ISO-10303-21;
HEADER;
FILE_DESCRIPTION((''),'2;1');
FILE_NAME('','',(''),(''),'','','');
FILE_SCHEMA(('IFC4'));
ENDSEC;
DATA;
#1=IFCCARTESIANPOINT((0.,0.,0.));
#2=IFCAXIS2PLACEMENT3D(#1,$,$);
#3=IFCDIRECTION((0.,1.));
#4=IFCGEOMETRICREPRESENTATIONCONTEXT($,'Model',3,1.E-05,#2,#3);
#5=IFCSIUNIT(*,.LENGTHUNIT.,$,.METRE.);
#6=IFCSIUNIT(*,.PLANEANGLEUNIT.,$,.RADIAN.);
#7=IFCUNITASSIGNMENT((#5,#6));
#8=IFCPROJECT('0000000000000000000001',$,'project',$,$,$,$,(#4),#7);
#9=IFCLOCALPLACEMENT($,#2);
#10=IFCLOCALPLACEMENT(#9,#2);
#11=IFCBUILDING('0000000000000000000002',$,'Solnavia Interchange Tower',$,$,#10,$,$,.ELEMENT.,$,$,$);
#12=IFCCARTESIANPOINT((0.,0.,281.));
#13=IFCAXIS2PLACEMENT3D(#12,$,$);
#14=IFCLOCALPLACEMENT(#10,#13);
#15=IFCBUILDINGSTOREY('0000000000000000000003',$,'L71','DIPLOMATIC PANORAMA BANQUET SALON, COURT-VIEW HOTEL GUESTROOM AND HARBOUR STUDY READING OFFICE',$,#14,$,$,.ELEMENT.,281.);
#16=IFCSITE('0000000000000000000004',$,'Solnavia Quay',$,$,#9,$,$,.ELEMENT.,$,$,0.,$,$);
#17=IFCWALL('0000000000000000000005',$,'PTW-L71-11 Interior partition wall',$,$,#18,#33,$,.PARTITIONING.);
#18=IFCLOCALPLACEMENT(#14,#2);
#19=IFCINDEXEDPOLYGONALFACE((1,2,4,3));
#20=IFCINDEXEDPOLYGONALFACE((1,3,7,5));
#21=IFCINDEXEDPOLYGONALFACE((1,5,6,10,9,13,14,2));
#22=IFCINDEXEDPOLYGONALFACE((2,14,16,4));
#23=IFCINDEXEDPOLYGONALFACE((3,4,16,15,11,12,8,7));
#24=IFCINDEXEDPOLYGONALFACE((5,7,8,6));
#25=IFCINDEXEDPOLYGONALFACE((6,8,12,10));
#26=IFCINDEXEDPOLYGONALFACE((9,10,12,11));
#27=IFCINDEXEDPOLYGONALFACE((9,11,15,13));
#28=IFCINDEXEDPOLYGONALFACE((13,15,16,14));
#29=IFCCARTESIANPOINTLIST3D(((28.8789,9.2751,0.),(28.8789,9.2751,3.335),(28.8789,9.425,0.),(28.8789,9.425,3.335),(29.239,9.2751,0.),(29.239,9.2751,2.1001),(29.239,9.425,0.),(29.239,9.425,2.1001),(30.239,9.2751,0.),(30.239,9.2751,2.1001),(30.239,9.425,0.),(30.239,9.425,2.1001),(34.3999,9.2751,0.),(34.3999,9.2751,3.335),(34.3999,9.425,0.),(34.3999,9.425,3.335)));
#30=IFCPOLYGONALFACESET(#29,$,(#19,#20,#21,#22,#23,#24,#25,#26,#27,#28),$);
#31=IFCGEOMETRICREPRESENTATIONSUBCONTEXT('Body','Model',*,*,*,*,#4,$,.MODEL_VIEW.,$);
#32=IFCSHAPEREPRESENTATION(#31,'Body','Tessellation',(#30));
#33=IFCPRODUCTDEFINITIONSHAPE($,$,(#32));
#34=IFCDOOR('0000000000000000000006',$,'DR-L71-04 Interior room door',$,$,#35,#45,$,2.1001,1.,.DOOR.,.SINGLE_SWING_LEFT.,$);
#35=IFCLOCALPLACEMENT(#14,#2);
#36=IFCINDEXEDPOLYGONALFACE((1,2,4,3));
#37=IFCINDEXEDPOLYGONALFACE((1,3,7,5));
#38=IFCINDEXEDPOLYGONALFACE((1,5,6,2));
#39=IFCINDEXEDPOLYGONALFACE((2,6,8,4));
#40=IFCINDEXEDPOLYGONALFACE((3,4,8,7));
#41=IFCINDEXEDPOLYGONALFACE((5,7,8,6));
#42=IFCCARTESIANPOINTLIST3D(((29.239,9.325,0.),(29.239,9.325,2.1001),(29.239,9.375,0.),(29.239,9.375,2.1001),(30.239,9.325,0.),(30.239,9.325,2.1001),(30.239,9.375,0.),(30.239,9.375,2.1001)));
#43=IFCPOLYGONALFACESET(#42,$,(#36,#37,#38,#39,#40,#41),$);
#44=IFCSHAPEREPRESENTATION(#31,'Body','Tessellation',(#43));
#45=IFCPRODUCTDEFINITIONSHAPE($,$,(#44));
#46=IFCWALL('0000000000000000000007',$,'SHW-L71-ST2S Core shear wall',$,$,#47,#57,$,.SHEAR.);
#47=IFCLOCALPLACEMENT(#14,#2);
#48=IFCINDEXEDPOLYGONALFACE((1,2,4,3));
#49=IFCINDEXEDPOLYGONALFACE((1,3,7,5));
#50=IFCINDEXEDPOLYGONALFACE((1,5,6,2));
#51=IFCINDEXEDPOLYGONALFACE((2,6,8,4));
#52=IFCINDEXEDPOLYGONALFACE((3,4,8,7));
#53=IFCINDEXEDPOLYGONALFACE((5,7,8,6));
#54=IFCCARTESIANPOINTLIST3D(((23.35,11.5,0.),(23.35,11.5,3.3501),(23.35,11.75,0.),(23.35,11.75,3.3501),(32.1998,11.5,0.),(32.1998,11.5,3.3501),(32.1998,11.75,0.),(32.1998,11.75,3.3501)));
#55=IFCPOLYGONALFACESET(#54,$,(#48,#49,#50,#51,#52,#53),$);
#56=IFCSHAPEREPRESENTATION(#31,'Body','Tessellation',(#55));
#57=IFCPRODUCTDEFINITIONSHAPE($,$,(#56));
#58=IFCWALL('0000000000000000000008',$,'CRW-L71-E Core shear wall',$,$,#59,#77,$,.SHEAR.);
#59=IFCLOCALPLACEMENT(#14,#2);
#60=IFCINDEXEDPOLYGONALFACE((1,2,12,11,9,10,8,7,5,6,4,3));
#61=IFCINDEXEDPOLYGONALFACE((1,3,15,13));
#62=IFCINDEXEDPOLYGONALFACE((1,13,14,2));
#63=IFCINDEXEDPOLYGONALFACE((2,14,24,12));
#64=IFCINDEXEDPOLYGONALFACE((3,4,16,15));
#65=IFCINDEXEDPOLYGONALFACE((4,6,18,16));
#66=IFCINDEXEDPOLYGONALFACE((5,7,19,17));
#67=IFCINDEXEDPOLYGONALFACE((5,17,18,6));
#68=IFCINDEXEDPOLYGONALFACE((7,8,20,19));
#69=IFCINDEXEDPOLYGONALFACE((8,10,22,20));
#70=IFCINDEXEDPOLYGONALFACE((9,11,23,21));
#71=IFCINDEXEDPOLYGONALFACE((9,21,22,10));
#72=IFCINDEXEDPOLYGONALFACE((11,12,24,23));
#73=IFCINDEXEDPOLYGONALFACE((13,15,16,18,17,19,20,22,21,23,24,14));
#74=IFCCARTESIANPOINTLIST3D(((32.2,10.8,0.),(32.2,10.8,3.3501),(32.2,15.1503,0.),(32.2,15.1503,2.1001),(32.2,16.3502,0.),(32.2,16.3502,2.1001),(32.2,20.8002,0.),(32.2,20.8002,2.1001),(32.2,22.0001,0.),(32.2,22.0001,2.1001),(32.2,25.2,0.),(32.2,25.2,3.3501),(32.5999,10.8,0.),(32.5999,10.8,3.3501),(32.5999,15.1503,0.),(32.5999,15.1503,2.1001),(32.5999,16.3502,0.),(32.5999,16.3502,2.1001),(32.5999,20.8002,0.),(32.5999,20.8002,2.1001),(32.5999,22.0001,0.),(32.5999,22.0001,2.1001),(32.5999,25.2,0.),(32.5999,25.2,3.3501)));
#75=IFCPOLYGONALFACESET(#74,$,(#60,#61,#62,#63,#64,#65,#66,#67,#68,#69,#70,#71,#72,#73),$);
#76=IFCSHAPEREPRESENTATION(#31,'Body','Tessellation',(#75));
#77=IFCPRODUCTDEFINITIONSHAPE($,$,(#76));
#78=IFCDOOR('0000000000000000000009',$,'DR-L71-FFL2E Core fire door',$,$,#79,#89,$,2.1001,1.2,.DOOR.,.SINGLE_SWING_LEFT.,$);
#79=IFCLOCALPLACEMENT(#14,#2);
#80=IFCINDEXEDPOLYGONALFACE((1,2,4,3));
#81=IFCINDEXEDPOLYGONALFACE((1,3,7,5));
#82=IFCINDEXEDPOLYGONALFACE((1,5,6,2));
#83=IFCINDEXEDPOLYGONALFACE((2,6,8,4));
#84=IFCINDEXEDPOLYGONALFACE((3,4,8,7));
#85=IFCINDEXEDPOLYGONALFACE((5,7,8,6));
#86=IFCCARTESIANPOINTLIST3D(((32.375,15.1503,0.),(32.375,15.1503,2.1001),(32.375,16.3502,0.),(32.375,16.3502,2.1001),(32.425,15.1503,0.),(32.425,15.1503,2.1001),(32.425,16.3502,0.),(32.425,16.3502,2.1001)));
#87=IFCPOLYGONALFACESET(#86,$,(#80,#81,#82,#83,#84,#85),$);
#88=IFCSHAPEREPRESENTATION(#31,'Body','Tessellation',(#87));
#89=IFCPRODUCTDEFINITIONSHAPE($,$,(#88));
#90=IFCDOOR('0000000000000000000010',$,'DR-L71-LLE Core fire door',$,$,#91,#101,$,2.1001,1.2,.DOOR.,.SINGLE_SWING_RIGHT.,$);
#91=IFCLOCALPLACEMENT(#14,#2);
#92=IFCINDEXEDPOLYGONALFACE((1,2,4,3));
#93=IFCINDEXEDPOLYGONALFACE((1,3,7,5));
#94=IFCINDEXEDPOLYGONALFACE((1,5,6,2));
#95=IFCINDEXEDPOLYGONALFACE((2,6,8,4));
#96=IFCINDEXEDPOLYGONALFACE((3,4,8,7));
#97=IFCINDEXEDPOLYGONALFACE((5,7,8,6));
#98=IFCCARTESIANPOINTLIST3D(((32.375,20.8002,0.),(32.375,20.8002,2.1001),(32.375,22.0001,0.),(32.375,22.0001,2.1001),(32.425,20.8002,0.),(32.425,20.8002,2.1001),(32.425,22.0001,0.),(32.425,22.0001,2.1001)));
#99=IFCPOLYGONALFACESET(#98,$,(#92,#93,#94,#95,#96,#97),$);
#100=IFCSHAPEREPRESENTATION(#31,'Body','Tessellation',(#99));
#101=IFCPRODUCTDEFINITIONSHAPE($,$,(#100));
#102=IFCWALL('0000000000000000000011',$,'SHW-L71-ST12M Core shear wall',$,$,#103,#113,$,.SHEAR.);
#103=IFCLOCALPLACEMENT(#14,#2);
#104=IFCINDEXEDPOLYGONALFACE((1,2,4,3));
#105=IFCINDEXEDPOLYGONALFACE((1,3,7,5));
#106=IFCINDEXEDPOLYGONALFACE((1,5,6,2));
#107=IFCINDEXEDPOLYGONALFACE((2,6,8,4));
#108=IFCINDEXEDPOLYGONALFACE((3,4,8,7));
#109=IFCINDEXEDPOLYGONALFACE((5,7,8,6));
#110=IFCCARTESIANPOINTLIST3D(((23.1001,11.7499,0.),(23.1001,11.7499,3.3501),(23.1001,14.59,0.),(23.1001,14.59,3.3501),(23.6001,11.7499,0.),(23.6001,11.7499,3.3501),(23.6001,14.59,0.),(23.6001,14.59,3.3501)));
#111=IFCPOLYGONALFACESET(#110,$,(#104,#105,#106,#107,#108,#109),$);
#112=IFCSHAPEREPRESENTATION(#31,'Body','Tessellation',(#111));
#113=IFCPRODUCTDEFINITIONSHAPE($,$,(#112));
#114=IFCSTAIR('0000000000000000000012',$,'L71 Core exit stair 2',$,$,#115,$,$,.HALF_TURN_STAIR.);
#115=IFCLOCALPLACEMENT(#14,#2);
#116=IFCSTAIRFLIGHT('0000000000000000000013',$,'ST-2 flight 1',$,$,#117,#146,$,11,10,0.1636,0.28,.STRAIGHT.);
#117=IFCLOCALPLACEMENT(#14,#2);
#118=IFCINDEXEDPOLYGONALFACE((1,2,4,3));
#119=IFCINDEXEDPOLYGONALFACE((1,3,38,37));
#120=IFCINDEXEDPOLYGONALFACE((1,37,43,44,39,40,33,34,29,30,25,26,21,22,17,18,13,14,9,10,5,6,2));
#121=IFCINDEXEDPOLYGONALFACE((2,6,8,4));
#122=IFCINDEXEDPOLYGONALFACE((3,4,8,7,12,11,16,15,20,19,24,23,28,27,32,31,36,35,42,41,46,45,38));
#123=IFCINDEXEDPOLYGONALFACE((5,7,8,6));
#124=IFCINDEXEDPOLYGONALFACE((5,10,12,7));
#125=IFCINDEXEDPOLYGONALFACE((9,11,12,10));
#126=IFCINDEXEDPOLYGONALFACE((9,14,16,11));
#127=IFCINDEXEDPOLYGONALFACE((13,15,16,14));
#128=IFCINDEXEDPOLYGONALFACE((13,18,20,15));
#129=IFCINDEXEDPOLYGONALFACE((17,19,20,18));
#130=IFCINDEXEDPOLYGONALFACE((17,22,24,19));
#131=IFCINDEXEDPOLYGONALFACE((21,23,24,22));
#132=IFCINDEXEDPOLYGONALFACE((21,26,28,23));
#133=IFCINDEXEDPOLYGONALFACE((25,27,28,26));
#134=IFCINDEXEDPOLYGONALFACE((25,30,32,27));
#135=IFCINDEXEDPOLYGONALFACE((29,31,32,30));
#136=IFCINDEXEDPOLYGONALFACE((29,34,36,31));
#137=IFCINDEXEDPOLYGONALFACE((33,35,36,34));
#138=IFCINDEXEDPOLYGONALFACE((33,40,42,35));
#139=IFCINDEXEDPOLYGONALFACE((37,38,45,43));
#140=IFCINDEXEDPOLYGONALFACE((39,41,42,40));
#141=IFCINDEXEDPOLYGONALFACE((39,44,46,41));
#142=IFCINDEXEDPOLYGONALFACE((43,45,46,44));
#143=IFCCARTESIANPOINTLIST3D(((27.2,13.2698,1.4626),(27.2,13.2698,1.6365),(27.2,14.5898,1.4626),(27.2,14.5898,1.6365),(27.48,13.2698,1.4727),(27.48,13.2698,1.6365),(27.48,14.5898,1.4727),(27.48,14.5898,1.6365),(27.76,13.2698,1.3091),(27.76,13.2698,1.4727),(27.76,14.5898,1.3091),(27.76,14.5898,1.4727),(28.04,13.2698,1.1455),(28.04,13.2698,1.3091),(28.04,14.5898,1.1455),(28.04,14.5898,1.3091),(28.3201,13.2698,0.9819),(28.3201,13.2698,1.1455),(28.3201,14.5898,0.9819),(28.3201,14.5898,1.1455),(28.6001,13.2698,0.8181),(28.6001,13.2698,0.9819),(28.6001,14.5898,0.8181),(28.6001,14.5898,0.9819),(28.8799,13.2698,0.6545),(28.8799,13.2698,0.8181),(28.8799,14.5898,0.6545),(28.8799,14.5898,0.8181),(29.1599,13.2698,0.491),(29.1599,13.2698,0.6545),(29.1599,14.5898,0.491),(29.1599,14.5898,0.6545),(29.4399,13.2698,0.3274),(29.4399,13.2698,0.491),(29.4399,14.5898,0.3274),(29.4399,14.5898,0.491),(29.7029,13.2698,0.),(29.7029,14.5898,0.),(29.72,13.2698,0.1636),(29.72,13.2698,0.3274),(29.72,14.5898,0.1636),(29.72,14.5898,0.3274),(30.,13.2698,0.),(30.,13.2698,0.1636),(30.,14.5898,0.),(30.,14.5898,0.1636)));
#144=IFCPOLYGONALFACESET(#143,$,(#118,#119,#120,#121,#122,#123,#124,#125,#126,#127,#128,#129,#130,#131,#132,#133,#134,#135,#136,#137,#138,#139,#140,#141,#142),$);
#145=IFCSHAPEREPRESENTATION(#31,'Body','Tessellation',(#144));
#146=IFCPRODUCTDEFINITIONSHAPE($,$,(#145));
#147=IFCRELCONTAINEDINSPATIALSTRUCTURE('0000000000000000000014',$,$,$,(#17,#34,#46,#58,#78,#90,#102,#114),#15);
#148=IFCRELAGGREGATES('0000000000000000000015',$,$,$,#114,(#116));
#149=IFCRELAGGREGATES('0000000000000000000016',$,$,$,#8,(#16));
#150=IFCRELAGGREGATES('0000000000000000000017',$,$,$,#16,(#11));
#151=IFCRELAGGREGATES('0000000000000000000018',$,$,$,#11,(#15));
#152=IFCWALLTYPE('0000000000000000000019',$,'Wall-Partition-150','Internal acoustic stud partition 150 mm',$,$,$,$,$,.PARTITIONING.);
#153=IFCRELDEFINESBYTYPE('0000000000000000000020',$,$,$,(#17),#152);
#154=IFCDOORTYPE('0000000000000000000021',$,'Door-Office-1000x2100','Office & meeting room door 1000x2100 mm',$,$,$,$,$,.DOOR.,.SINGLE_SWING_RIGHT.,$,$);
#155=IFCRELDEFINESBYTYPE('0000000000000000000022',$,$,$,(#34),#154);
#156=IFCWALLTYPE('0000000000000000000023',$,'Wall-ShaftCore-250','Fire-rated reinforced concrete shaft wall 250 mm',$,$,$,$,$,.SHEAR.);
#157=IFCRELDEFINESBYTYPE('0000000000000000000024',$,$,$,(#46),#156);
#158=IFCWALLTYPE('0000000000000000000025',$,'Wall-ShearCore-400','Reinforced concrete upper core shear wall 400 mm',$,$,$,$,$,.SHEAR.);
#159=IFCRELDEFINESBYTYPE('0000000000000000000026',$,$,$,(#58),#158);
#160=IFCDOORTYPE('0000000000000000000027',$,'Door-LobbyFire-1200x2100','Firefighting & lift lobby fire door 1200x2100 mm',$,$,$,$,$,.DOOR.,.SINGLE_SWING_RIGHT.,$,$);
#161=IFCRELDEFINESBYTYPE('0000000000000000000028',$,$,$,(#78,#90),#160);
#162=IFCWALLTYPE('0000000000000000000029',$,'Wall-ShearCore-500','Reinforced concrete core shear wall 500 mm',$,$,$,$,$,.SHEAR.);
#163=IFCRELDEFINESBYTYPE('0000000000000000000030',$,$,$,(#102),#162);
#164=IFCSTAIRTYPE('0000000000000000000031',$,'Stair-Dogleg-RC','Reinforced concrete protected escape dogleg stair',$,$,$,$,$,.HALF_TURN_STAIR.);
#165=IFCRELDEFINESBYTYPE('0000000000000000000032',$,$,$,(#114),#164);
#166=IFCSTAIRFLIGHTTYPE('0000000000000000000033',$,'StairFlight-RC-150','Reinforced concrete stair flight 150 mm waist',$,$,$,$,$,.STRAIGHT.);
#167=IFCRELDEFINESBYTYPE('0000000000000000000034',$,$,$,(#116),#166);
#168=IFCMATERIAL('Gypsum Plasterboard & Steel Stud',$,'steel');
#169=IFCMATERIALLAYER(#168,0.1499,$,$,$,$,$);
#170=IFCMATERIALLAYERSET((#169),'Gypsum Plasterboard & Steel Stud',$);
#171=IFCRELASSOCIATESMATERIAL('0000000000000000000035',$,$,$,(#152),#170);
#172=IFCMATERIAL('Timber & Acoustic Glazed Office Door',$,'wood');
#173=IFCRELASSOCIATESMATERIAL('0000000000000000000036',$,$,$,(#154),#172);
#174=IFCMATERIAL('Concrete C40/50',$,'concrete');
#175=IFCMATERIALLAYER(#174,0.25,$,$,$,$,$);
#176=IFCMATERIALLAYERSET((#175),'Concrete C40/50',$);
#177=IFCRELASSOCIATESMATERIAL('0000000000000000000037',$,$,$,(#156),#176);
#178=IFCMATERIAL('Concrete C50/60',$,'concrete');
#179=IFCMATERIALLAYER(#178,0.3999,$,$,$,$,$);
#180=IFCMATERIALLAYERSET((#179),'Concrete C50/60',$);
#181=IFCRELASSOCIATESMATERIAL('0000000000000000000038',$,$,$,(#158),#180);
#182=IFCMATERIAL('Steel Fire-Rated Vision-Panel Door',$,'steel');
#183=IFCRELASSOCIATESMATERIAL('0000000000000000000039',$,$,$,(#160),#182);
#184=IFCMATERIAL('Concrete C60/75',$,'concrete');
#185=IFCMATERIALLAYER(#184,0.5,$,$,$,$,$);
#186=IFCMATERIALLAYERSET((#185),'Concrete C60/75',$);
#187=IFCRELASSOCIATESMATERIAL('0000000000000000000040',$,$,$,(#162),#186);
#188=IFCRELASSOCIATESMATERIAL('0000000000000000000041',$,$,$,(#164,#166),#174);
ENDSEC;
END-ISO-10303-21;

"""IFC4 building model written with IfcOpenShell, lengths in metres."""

from ifc_helpers import new_model, si_unit, direction, frame, frame_2d, origin, place, context, subcontext, project, spatial, polyline, rectangle, outline, extrude, material, layer, layer_set, type_object, element, fill, aggregate, save


model = new_model("IFC4")

# Units and contexts
model_context = context("Model", 3, precision=1e-05, world=origin(), true_north=direction((0.0, 1.0)))
body_context = subcontext(model_context, "Body", "Model", "MODEL_VIEW")
ifc_project = project(units=[si_unit("LENGTHUNIT", "METRE"), si_unit("PLANEANGLEUNIT", "RADIAN")], contexts=[model_context])

# Site, building, storey
site_placement = place(None, origin())
site = spatial("IfcSite", under=ifc_project, at=site_placement, Name="Solnavia Quay", CompositionType="ELEMENT", RefElevation=0.0)
building_placement = place(site_placement, origin())
building = spatial("IfcBuilding", under=site, at=building_placement, Name="Solnavia Interchange Tower", CompositionType="ELEMENT")
storey_placement = place(building_placement, frame((0.0, 0.0, 281.0)))
storey = spatial("IfcBuildingStorey", under=building, at=storey_placement, Name="L71", Description="DIPLOMATIC PANORAMA BANQUET SALON, COURT-VIEW HOTEL GUESTROOM AND HARBOUR STUDY READING OFFICE", CompositionType="ELEMENT", Elevation=281.0)

# Shared definitions
ifc_material_1 = material(Name="Concrete C50/60", Category="concrete")

# Shared definitions
ifc_material_2 = material(Name="Concrete C40/50", Category="concrete")

# Shared definitions
ifc_material_3 = material(Name="Gypsum Plasterboard & Steel Stud", Category="steel")
ifc_layer_1 = layer(ifc_material_3, 0.1499)
ifc_layer_set_1 = layer_set([ifc_layer_1], Name="Gypsum Plasterboard & Steel Stud")
wall_type_1 = type_object("IfcWallType", Name="Wall-Partition-150", Description="Internal acoustic stud partition 150 mm", PredefinedType="PARTITIONING", material=ifc_layer_set_1)

# Wall, opening, door
wall_1_placement = place(storey_placement, frame((28.8789, 9.3501, 0.0), z_axis=(0.0, 0.0, 1.0), x_axis=(1.0, 0.0, 0.0)))
wall_1 = element("IfcWall", 1, at=wall_1_placement, inside=storey, type_object=wall_type_1, Name="PTW-L71-11 Interior partition wall", PredefinedType="PARTITIONING", context=body_context, shape_type="SweptSolid", body=[
    extrude(rectangle(XDim=5.521, YDim=0.1499, at=frame_2d((2.7605, 0.0))), origin(), (0.0, 0.0, 1.0), 3.335),
])
opening_1_placement = place(wall_1_placement, frame((0.3601, 0.0, 0.0)))
opening_1 = element("IfcOpeningElement", 2, at=opening_1_placement, cuts=wall_1, PredefinedType="OPENING", context=body_context, shape_type="SweptSolid", body=[
    extrude(rectangle(XDim=1.0, YDim=2.1001, at=frame_2d((0.5, 1.05))), frame((0.0, 0.085, 0.0), z_axis=(0.0, -1.0, 0.0), x_axis=(1.0, 0.0, 0.0)), (0.0, 0.0, 1.0), 0.1699),
])
ifc_material_4 = material(Name="Timber & Acoustic Glazed Office Door", Category="wood")
door_type_1 = type_object("IfcDoorType", Name="Door-Office-1000x2100", Description="Office & meeting room door 1000x2100 mm", OperationType="SINGLE_SWING_RIGHT", PredefinedType="DOOR", material=ifc_material_4)
door_1_placement = place(opening_1_placement, origin())
door_1 = element("IfcDoor", 3, at=door_1_placement, inside=storey, type_object=door_type_1, Name="DR-L71-04 Interior room door", OperationType="SINGLE_SWING_LEFT", OverallHeight=2.1001, OverallWidth=1.0, PredefinedType="DOOR", context=body_context, shape_type="SweptSolid", body=[
    extrude(rectangle(XDim=1.0, YDim=2.1001, at=frame_2d((0.5, 1.05))), frame((0.0, 0.0249, 0.0), z_axis=(0.0, -1.0, 0.0), x_axis=(1.0, 0.0, 0.0)), (0.0, 0.0, 1.0), 0.05),
])
fill(opening_1, door_1)

# Wall
ifc_layer_2 = layer(ifc_material_2, 0.25)
ifc_layer_set_2 = layer_set([ifc_layer_2], Name="Concrete C40/50")
wall_type_2 = type_object("IfcWallType", Name="Wall-ShaftCore-250", Description="Fire-rated reinforced concrete shaft wall 250 mm", PredefinedType="SHEAR", material=ifc_layer_set_2)
wall_2_placement = place(storey_placement, frame((23.3501, 11.625, 0.0), z_axis=(0.0, 0.0, 1.0), x_axis=(1.0, 0.0, 0.0)))
element("IfcWall", 4, at=wall_2_placement, inside=storey, type_object=wall_type_2, Name="SHW-L71-ST2S Core shear wall", PredefinedType="SHEAR", context=body_context, shape_type="SweptSolid", body=[
    extrude(rectangle(XDim=8.8499, YDim=0.25, at=frame_2d((4.4248, 0.0))), origin(), (0.0, 0.0, 1.0), 3.3501),
])

# Wall, openings, doors
ifc_layer_3 = layer(ifc_material_1, 0.3999)
ifc_layer_set_3 = layer_set([ifc_layer_3], Name="Concrete C50/60")
wall_type_3 = type_object("IfcWallType", Name="Wall-ShearCore-400", Description="Reinforced concrete upper core shear wall 400 mm", PredefinedType="SHEAR", material=ifc_layer_set_3)
wall_3_placement = place(storey_placement, frame((32.3999, 10.8, 0.0), z_axis=(0.0, 0.0, 1.0), x_axis=(0.0, 1.0, 0.0)))
wall_3 = element("IfcWall", 5, at=wall_3_placement, inside=storey, type_object=wall_type_3, Name="CRW-L71-E Core shear wall", PredefinedType="SHEAR", context=body_context, shape_type="SweptSolid", body=[
    extrude(rectangle(XDim=14.3999, YDim=0.3999, at=frame_2d((7.2, 0.0))), origin(), (0.0, 0.0, 1.0), 3.3501),
])
opening_2_placement = place(wall_3_placement, frame((4.3501, 0.0, 0.0)))
opening_2 = element("IfcOpeningElement", 6, at=opening_2_placement, cuts=wall_3, PredefinedType="OPENING", context=body_context, shape_type="SweptSolid", body=[
    extrude(rectangle(XDim=1.2, YDim=2.1001, at=frame_2d((0.6001, 1.05))), frame((0.0, 0.21, 0.0), z_axis=(0.0, -1.0, 0.0), x_axis=(1.0, 0.0, 0.0)), (0.0, 0.0, 1.0), 0.4199),
])
opening_3_placement = place(wall_3_placement, frame((10.0, 0.0, 0.0)))
opening_3 = element("IfcOpeningElement", 7, at=opening_3_placement, cuts=wall_3, PredefinedType="OPENING", context=body_context, shape_type="SweptSolid", body=[
    extrude(rectangle(XDim=1.2, YDim=2.1001, at=frame_2d((0.6001, 1.05))), frame((0.0, 0.21, 0.0), z_axis=(0.0, -1.0, 0.0), x_axis=(1.0, 0.0, 0.0)), (0.0, 0.0, 1.0), 0.4199),
])
ifc_material_5 = material(Name="Steel Fire-Rated Vision-Panel Door", Category="steel")
door_type_2 = type_object("IfcDoorType", Name="Door-LobbyFire-1200x2100", Description="Firefighting & lift lobby fire door 1200x2100 mm", OperationType="SINGLE_SWING_RIGHT", PredefinedType="DOOR", material=ifc_material_5)
door_2_placement = place(opening_2_placement, origin())
door_2 = element("IfcDoor", 8, at=door_2_placement, inside=storey, type_object=door_type_2, Name="DR-L71-FFL2E Core fire door", OperationType="SINGLE_SWING_LEFT", OverallHeight=2.1001, OverallWidth=1.2, PredefinedType="DOOR", context=body_context, shape_type="SweptSolid", body=[
    extrude(rectangle(XDim=1.2, YDim=2.1001, at=frame_2d((0.6001, 1.05))), frame((0.0, 0.0249, 0.0), z_axis=(0.0, -1.0, 0.0), x_axis=(1.0, 0.0, 0.0)), (0.0, 0.0, 1.0), 0.05),
])
fill(opening_2, door_2)
door_3_placement = place(opening_3_placement, origin())
door_3 = element("IfcDoor", 9, at=door_3_placement, inside=storey, type_object=door_type_2, Name="DR-L71-LLE Core fire door", OperationType="SINGLE_SWING_RIGHT", OverallHeight=2.1001, OverallWidth=1.2, PredefinedType="DOOR", context=body_context, shape_type="SweptSolid", body=[
    extrude(rectangle(XDim=1.2, YDim=2.1001, at=frame_2d((0.6001, 1.05))), frame((0.0, 0.0249, 0.0), z_axis=(0.0, -1.0, 0.0), x_axis=(1.0, 0.0, 0.0)), (0.0, 0.0, 1.0), 0.05),
])
fill(opening_3, door_3)

# Wall
ifc_material_6 = material(Name="Concrete C60/75", Category="concrete")
ifc_layer_4 = layer(ifc_material_6, 0.5)
ifc_layer_set_4 = layer_set([ifc_layer_4], Name="Concrete C60/75")
wall_type_4 = type_object("IfcWallType", Name="Wall-ShearCore-500", Description="Reinforced concrete core shear wall 500 mm", PredefinedType="SHEAR", material=ifc_layer_set_4)
wall_4_placement = place(storey_placement, frame((23.3501, 11.75, 0.0), z_axis=(0.0, 0.0, 1.0), x_axis=(0.0, 1.0, 0.0)))
element("IfcWall", 10, at=wall_4_placement, inside=storey, type_object=wall_type_4, Name="SHW-L71-ST12M Core shear wall", PredefinedType="SHEAR", context=body_context, shape_type="SweptSolid", body=[
    extrude(rectangle(XDim=2.8401, YDim=0.5, at=frame_2d((1.4199, 0.0))), origin(), (0.0, 0.0, 1.0), 3.3501),
])

# Stair, stair flight
stair_type = type_object("IfcStairType", Name="Stair-Dogleg-RC", Description="Reinforced concrete protected escape dogleg stair", PredefinedType="HALF_TURN_STAIR", material=ifc_material_2)
stair_placement = place(storey_placement, origin())
stair = element("IfcStair", 11, at=stair_placement, inside=storey, type_object=stair_type, Name="L71 Core exit stair 2", PredefinedType="HALF_TURN_STAIR")
stair_flight_type = type_object("IfcStairFlightType", Name="StairFlight-RC-150", Description="Reinforced concrete stair flight 150 mm waist", PredefinedType="STRAIGHT", material=ifc_material_2)
stair_flight_1_placement = place(storey_placement, frame((30.0, 13.9299, 0.0), z_axis=(0.0, 0.0, 1.0), x_axis=(-1.0, 0.0, 0.0)))
stair_flight_1 = element("IfcStairFlight", 12, at=stair_flight_1_placement, type_object=stair_flight_type, Name="ST-2 flight 1", NumberOfRisers=11, NumberOfTreads=10, PredefinedType="STRAIGHT", RiserHeight=0.1636, TreadLength=0.28, context=body_context, shape_type="SweptSolid", body=[
    extrude(outline(polyline([(0.0, 0.0), (0.0, 0.1636), (0.28, 0.1636), (0.28, 0.3274), (0.5601, 0.3274), (0.5601, 0.491), (0.8401, 0.491), (0.8401, 0.6545), (1.1201, 0.6545), (1.1201, 0.8181), (1.3999, 0.8181), (1.3999, 0.9819), (1.6799, 0.9819), (1.6799, 1.1455), (1.96, 1.1455), (1.96, 1.3091), (2.24, 1.3091), (2.24, 1.4727), (2.52, 1.4727), (2.52, 1.6365), (2.8, 1.6365), (2.8, 1.8), (2.8, 1.4626), (0.2971, 0.0), (0.0, 0.0)])), frame((0.0, 0.6602, 0.0), z_axis=(0.0, -1.0, 0.0), x_axis=(1.0, 0.0, 0.0)), (0.0, 0.0, 1.0), 1.3201),
])
aggregate(stair, [stair_flight_1])

save(model, "model.ifc")
